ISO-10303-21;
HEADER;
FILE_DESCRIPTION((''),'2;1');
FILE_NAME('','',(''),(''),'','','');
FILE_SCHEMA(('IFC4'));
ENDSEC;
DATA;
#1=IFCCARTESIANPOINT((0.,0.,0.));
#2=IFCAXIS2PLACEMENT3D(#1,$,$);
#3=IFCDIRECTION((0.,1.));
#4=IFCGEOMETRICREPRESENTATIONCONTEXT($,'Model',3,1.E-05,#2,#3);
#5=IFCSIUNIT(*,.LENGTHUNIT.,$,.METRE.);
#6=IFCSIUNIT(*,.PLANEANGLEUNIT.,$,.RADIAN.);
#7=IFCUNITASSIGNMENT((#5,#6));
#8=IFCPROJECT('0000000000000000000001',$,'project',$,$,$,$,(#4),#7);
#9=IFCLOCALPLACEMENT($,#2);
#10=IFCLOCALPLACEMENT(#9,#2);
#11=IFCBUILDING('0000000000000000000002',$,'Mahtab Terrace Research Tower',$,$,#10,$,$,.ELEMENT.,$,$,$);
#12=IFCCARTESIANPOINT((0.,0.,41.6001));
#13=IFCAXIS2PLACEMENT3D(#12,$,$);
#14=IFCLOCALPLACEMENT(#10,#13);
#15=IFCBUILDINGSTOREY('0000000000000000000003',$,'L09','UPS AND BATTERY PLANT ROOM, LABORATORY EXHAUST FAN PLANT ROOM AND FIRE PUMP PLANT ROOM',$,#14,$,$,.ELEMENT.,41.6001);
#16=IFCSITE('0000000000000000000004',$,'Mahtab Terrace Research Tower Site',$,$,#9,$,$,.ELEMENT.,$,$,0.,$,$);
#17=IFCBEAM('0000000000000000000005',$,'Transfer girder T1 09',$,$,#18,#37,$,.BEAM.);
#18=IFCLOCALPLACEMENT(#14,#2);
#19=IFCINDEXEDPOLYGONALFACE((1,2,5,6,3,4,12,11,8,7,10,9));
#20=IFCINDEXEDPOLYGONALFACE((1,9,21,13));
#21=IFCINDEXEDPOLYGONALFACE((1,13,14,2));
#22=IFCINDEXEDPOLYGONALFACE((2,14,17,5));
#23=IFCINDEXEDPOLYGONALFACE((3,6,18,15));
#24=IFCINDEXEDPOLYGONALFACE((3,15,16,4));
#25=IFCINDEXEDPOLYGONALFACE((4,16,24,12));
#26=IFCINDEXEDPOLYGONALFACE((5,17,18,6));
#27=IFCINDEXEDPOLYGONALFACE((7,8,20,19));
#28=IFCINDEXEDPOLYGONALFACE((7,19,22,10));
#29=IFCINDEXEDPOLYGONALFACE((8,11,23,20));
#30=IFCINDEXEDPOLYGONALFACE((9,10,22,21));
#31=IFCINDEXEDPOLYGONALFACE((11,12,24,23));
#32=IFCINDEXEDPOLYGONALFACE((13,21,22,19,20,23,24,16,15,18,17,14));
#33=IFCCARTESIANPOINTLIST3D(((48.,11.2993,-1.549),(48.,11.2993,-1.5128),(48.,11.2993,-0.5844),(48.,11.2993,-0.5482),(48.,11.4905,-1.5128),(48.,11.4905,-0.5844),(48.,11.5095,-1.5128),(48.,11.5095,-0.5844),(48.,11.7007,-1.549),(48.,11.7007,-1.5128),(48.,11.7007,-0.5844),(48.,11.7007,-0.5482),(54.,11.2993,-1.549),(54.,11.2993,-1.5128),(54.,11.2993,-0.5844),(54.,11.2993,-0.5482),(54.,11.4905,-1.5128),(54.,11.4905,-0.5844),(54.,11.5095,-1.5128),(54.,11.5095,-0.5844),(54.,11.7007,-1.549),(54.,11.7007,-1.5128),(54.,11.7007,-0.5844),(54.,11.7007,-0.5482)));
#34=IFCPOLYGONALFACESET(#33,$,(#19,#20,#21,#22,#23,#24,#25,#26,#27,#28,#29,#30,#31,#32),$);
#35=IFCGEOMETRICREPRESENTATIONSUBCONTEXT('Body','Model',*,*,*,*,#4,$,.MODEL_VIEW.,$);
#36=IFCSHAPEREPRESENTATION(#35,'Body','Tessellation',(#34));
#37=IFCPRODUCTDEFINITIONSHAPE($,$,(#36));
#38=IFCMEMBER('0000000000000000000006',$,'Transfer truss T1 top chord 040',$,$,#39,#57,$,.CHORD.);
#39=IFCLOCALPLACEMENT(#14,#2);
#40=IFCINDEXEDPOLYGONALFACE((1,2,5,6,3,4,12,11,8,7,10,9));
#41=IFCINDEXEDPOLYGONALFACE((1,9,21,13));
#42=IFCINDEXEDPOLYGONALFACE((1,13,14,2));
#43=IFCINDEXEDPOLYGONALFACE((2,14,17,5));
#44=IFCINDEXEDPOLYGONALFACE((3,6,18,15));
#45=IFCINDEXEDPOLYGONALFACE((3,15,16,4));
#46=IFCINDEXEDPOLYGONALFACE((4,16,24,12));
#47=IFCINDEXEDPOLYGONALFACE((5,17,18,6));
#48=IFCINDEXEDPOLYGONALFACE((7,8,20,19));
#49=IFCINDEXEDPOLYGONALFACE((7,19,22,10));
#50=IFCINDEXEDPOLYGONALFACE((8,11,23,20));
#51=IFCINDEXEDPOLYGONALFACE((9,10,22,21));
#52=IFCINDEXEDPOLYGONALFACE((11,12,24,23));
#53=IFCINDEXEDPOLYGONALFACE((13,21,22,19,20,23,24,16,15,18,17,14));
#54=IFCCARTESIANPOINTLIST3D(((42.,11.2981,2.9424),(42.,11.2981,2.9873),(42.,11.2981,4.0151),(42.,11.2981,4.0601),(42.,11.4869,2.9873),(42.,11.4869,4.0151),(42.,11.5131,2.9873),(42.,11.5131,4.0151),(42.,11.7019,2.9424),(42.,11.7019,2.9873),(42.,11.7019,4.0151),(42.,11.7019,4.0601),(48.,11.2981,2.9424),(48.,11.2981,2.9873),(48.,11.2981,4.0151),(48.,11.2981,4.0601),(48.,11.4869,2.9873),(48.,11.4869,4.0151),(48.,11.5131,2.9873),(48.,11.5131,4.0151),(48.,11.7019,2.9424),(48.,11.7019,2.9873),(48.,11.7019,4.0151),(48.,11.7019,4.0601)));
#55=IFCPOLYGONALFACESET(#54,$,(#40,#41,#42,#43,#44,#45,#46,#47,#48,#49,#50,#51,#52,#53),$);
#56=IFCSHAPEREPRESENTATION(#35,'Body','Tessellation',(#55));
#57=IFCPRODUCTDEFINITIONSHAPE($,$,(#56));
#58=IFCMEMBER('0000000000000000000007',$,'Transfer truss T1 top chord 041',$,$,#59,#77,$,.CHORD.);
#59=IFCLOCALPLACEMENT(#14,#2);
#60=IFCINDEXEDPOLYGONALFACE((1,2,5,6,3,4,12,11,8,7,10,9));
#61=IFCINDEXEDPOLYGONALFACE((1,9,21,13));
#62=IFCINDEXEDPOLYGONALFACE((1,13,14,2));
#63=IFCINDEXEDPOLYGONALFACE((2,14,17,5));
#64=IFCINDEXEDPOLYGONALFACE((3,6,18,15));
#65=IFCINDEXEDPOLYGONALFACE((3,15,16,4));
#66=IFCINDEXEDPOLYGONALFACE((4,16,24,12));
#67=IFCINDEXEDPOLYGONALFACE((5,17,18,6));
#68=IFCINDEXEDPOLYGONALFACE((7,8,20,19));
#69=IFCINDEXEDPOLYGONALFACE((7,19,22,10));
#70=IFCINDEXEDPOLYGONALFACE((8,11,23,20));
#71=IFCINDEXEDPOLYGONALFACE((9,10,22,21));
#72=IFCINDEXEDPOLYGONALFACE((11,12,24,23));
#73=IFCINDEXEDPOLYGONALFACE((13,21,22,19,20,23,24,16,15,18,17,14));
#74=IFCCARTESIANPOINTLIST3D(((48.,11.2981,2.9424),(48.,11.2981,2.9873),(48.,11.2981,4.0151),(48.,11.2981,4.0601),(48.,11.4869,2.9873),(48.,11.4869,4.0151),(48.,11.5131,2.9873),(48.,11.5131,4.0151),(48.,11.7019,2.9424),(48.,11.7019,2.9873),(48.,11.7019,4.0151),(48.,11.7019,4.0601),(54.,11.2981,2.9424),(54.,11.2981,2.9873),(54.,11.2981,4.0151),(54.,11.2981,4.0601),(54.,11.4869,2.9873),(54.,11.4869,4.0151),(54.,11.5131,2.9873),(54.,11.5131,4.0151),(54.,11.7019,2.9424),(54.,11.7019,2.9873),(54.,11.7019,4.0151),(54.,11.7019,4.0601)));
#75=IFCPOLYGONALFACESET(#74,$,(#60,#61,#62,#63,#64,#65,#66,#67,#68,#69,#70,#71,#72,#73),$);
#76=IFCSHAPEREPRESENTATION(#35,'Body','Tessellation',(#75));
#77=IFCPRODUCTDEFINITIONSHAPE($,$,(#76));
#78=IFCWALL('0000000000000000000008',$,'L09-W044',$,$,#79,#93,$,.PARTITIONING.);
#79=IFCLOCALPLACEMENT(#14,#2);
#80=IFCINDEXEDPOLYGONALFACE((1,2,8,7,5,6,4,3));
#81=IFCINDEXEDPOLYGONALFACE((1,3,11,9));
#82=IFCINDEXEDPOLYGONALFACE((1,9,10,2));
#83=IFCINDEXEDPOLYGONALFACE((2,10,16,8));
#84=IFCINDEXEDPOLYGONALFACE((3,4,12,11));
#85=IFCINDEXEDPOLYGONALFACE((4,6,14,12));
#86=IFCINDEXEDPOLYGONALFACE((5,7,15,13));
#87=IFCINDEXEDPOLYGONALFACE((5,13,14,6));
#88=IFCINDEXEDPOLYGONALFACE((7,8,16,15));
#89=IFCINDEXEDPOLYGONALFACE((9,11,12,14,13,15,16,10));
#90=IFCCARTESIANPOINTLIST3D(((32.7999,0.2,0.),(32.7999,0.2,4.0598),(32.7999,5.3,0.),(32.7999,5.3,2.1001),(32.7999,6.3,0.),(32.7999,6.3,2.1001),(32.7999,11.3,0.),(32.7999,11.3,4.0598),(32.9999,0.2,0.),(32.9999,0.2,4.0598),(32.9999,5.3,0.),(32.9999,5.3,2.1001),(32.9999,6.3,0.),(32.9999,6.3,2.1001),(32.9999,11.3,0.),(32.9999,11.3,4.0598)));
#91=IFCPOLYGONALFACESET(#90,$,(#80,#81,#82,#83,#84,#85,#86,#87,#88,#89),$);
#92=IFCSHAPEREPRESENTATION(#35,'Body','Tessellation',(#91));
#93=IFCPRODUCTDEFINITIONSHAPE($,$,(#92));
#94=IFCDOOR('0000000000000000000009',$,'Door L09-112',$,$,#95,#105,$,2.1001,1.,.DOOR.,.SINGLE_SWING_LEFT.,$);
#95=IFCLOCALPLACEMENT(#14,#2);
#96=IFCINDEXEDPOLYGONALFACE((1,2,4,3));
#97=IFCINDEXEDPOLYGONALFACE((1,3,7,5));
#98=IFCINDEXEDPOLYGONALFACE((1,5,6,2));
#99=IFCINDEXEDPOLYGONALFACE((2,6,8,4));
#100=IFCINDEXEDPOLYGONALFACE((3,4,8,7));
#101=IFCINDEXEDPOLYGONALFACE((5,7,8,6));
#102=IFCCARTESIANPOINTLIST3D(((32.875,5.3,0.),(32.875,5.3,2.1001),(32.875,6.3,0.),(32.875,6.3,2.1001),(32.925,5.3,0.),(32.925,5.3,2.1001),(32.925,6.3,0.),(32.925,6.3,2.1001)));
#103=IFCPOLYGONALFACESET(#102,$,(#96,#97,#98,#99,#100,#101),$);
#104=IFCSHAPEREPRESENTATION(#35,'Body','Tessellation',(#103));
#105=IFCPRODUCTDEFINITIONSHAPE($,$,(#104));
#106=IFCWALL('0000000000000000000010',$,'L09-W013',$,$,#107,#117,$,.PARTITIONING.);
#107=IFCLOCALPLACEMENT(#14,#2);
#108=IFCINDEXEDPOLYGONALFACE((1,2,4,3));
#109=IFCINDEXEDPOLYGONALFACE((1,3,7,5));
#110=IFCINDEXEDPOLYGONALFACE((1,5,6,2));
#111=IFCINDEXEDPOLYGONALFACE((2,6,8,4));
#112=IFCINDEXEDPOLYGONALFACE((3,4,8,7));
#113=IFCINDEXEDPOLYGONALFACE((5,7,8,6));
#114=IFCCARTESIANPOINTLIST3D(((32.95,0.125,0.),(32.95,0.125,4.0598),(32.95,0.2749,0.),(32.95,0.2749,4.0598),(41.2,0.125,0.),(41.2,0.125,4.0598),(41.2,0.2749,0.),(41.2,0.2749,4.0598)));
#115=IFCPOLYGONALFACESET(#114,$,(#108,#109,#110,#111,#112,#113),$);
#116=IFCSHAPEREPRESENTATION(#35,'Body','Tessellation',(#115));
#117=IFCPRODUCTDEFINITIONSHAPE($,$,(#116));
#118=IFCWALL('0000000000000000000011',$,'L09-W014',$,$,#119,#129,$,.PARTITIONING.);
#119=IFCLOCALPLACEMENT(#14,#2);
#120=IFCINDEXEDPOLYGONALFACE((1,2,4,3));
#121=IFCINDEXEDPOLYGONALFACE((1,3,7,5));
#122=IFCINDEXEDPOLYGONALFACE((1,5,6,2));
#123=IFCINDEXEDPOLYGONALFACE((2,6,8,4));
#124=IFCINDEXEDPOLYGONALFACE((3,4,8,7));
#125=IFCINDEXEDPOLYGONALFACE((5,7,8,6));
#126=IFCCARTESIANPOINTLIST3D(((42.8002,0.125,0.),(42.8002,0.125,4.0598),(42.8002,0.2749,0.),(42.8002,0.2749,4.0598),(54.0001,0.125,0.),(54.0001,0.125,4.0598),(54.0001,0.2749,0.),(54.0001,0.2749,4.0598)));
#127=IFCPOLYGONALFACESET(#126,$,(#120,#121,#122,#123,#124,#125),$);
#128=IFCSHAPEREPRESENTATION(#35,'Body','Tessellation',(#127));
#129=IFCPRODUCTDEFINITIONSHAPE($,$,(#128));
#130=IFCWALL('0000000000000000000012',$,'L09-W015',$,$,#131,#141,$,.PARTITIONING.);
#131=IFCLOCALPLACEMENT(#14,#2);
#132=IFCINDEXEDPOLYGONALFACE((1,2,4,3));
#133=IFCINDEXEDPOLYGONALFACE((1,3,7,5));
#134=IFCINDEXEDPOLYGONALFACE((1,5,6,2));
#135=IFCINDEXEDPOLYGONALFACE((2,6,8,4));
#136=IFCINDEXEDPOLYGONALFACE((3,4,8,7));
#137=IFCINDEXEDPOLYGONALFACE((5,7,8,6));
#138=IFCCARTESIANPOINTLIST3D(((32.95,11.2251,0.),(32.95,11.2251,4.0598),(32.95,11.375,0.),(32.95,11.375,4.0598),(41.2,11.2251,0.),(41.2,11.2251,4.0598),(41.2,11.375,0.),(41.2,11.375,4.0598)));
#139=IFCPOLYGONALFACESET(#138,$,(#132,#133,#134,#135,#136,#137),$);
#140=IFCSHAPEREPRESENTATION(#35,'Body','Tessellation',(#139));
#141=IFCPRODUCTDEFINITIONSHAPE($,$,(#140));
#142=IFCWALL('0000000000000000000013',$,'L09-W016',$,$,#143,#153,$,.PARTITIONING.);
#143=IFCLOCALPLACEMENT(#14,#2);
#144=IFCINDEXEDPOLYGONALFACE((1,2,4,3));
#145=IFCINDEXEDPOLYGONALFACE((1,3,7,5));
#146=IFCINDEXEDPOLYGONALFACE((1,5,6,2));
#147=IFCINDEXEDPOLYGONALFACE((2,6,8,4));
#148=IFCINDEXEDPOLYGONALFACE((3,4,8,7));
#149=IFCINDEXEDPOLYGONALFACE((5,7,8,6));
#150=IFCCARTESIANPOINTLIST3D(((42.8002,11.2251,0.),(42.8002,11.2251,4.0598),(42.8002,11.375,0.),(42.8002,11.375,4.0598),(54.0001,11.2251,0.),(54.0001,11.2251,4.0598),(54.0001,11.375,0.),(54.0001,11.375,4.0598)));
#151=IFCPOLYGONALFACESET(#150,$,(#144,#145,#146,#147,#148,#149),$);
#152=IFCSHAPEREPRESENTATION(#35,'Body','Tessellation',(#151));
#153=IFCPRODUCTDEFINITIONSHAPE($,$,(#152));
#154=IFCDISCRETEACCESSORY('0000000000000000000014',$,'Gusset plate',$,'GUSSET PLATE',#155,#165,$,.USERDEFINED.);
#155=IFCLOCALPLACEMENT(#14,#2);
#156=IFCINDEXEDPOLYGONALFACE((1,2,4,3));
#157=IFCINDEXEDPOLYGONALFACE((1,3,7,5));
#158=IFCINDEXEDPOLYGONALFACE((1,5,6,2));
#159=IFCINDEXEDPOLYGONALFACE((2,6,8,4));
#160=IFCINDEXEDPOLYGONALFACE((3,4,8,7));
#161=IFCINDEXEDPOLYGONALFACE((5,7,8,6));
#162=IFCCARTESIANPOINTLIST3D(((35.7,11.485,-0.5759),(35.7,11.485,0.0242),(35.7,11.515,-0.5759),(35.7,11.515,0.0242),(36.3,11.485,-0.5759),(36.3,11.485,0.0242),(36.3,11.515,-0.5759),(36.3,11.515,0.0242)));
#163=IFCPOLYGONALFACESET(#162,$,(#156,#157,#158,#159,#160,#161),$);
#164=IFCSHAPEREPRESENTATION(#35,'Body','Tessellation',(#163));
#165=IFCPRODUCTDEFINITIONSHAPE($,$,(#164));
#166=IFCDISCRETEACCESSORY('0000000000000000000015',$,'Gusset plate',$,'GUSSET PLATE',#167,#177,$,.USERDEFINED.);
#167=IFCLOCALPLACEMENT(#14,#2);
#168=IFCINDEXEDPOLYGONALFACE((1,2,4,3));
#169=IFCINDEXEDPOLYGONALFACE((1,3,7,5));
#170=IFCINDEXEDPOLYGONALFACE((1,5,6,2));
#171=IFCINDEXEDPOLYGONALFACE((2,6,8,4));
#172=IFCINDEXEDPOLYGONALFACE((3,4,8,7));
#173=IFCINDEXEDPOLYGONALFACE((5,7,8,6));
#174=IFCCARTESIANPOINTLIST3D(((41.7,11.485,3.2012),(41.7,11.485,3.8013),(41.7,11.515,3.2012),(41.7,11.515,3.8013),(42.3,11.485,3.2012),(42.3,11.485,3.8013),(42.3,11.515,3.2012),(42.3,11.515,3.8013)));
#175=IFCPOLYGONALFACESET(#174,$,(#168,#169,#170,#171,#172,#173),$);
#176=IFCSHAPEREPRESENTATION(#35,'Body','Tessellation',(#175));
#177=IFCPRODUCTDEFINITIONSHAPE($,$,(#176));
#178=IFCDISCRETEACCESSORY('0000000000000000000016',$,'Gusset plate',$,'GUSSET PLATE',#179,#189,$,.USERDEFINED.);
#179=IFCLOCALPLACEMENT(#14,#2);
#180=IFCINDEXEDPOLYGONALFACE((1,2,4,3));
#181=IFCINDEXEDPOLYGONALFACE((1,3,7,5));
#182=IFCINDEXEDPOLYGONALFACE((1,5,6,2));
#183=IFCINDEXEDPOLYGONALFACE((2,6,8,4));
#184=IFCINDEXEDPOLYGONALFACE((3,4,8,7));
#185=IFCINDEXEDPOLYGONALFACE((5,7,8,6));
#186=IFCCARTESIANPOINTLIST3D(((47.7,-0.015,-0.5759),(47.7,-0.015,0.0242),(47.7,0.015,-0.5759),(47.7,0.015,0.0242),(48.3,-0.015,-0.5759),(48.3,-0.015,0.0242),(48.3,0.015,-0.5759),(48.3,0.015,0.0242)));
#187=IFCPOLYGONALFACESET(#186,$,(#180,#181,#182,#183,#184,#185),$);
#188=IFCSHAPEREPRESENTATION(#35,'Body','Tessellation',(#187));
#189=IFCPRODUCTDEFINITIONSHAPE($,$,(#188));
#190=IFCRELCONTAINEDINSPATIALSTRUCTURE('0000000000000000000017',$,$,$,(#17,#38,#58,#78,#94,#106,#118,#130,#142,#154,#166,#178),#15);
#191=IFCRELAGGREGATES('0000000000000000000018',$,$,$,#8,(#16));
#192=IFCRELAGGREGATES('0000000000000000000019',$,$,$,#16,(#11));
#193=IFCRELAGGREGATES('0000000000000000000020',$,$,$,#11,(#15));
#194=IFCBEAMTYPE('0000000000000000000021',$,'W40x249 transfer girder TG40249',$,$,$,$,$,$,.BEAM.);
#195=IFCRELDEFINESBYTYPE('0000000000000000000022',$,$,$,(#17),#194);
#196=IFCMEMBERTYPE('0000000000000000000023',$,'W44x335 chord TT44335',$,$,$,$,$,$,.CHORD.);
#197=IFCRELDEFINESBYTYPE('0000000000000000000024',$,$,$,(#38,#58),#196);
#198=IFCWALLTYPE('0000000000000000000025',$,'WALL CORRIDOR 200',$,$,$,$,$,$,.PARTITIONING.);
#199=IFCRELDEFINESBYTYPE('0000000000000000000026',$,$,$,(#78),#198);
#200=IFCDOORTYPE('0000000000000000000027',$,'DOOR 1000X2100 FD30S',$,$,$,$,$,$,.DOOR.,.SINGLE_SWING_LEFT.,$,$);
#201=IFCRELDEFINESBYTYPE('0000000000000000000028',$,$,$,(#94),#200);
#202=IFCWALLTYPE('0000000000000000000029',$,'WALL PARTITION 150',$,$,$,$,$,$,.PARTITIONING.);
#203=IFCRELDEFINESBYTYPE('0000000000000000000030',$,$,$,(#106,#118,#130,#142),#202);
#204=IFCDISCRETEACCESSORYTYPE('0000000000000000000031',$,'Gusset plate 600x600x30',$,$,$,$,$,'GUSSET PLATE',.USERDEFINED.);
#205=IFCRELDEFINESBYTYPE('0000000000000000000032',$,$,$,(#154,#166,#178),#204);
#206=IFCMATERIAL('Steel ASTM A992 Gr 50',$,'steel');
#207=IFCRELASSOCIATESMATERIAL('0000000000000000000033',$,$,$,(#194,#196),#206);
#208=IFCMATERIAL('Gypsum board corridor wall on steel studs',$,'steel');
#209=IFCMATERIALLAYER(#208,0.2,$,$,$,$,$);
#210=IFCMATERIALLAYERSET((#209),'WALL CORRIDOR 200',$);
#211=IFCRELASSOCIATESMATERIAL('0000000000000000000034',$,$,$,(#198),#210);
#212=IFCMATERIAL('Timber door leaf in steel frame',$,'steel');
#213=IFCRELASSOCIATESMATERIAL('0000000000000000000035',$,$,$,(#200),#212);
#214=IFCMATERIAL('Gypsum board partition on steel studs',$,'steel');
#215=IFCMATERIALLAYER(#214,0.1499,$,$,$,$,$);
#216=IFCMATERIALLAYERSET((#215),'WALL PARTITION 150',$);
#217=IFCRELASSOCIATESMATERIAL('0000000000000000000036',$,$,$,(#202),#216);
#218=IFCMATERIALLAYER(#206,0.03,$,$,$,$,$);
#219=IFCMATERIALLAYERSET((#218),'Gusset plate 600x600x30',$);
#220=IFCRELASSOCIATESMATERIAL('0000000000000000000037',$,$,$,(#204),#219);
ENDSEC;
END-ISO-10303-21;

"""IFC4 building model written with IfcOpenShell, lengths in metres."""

from ifc_helpers import new_model, si_unit, direction, frame, frame_2d, origin, origin_2d, place, context, subcontext, project, spatial, rectangle, i_section, extrude, material, layer, layer_set, material_profile, profile_set, type_object, element, fill, save


model = new_model("IFC4")

# Units and contexts
model_context = context("Model", 3, precision=1e-05, world=origin(), true_north=direction((0.0, 1.0)))
body_context = subcontext(model_context, "Body", "Model", "MODEL_VIEW")
ifc_project = project(units=[si_unit("LENGTHUNIT", "METRE"), si_unit("PLANEANGLEUNIT", "RADIAN")], contexts=[model_context])

# Site, building, storey
site_placement = place(None, origin())
site = spatial("IfcSite", under=ifc_project, at=site_placement, Name="Mahtab Terrace Research Tower Site", CompositionType="ELEMENT", RefElevation=0.0)
building_placement = place(site_placement, origin())
building = spatial("IfcBuilding", under=site, at=building_placement, Name="Mahtab Terrace Research Tower", CompositionType="ELEMENT")
storey_placement = place(building_placement, frame((0.0, 0.0, 41.6001)))
storey = spatial("IfcBuildingStorey", under=building, at=storey_placement, Name="L09", Description="UPS AND BATTERY PLANT ROOM, LABORATORY EXHAUST FAN PLANT ROOM AND FIRE PUMP PLANT ROOM", CompositionType="ELEMENT", Elevation=41.6001)

# Shared definitions
ifc_material_1 = material(Name="Steel ASTM A992 Gr 50", Category="steel")

# Beam
ifc_material_profile_1 = material_profile(ifc_material_1, i_section(OverallWidth=0.4014, OverallDepth=1.0007, WebThickness=0.019, FlangeThickness=0.0361, at=origin_2d()), Name="W40X249")
ifc_profile_set_1 = profile_set([ifc_material_profile_1], Name="Steel ASTM A992 Gr 50")
beam_type = type_object("IfcBeamType", Name="W40x249 transfer girder TG40249", PredefinedType="BEAM", material=ifc_profile_set_1)
for number, where, z_axis, x_axis, name in (
    (1, (48.0, 11.5, -1.0486), (1.0, 0.0, 0.0), (0.0, 1.0, 0.0), "Transfer girder T1 09"),
):
    element("IfcBeam", number, at=place(storey_placement, frame(where, z_axis=z_axis, x_axis=x_axis)), inside=storey, type_object=beam_type, Name=name, PredefinedType="BEAM", context=body_context, shape_type="SweptSolid", body=[
        extrude(i_section(OverallWidth=0.4014, OverallDepth=1.0007, WebThickness=0.019, FlangeThickness=0.0361, at=origin_2d()), origin(), (0.0, 0.0, 1.0), 6.0),
    ])

# Members
ifc_material_profile_2 = material_profile(ifc_material_1, i_section(OverallWidth=0.4038, OverallDepth=1.1177, WebThickness=0.0261, FlangeThickness=0.0449, at=origin_2d()), Name="W44X335")
ifc_profile_set_2 = profile_set([ifc_material_profile_2], Name="Steel ASTM A992 Gr 50")
member_type_1 = type_object("IfcMemberType", Name="W44x335 chord TT44335", PredefinedType="CHORD", material=ifc_profile_set_2)
for number, where, z_axis, x_axis, name in (
    (2, (42.0, 11.5, 3.5012), (1.0, 0.0, 0.0), (0.0, 1.0, 0.0), "Transfer truss T1 top chord 040"),
    (3, (48.0, 11.5, 3.5012), (1.0, 0.0, 0.0), (0.0, 1.0, 0.0), "Transfer truss T1 top chord 041"),
):
    element("IfcMember", number, at=place(storey_placement, frame(where, z_axis=z_axis, x_axis=x_axis)), inside=storey, type_object=member_type_1, Name=name, PredefinedType="CHORD", context=body_context, shape_type="SweptSolid", body=[
        extrude(i_section(OverallWidth=0.4038, OverallDepth=1.1177, WebThickness=0.0261, FlangeThickness=0.0449, at=origin_2d()), origin(), (0.0, 0.0, 1.0), 6.0),
    ])

# Wall, opening, door
ifc_material_2 = material(Name="Gypsum board corridor wall on steel studs", Category="steel")
ifc_layer_1 = layer(ifc_material_2, 0.2)
ifc_layer_set_1 = layer_set([ifc_layer_1], Name="WALL CORRIDOR 200")
wall_type_1 = type_object("IfcWallType", Name="WALL CORRIDOR 200", PredefinedType="PARTITIONING", material=ifc_layer_set_1)
wall_1_placement = place(storey_placement, frame((32.8999, 0.2, 0.0), z_axis=(0.0, 0.0, 1.0), x_axis=(0.0, 1.0, 0.0)))
wall_1 = element("IfcWall", 4, at=wall_1_placement, inside=storey, type_object=wall_type_1, Name="L09-W044", PredefinedType="PARTITIONING", context=body_context, shape_type="SweptSolid", body=[
    extrude(rectangle(XDim=11.1001, YDim=0.2, at=frame_2d((5.55, 0.0))), origin(), (0.0, 0.0, 1.0), 4.0598),
])
opening_placement = place(wall_1_placement, frame((5.1001, 0.0, 0.0)))
opening = element("IfcOpeningElement", 5, at=opening_placement, cuts=wall_1, PredefinedType="OPENING", context=body_context, shape_type="SweptSolid", body=[
    extrude(rectangle(XDim=1.0, YDim=2.1001, at=frame_2d((0.5, 1.05))), frame((0.0, 0.1099, 0.0), z_axis=(0.0, -1.0, 0.0), x_axis=(1.0, 0.0, 0.0)), (0.0, 0.0, 1.0), 0.22),
])
ifc_material_3 = material(Name="Timber door leaf in steel frame", Category="steel")
door_type = type_object("IfcDoorType", Name="DOOR 1000X2100 FD30S", OperationType="SINGLE_SWING_LEFT", PredefinedType="DOOR", material=ifc_material_3)
door_placement = place(opening_placement, origin())
door = element("IfcDoor", 6, at=door_placement, inside=storey, type_object=door_type, Name="Door L09-112", OperationType="SINGLE_SWING_LEFT", OverallHeight=2.1001, OverallWidth=1.0, PredefinedType="DOOR", context=body_context, shape_type="SweptSolid", body=[
    extrude(rectangle(XDim=1.0, YDim=2.1001, at=frame_2d((0.5, 1.05))), frame((0.0, 0.0249, 0.0), z_axis=(0.0, -1.0, 0.0), x_axis=(1.0, 0.0, 0.0)), (0.0, 0.0, 1.0), 0.05),
])
fill(opening, door)

# Walls
ifc_material_4 = material(Name="Gypsum board partition on steel studs", Category="steel")
ifc_layer_2 = layer(ifc_material_4, 0.1499)
ifc_layer_set_2 = layer_set([ifc_layer_2], Name="WALL PARTITION 150")
wall_type_2 = type_object("IfcWallType", Name="WALL PARTITION 150", PredefinedType="PARTITIONING", material=ifc_layer_set_2)
wall_2_placement = place(storey_placement, frame((32.95, 0.2, 0.0), z_axis=(0.0, 0.0, 1.0), x_axis=(1.0, 0.0, 0.0)))
element("IfcWall", 7, at=wall_2_placement, inside=storey, type_object=wall_type_2, Name="L09-W013", PredefinedType="PARTITIONING", context=body_context, shape_type="SweptSolid", body=[
    extrude(rectangle(XDim=8.25, YDim=0.1499, at=frame_2d((4.125, 0.0))), origin(), (0.0, 0.0, 1.0), 4.0598),
])
wall_3_placement = place(storey_placement, frame((42.8, 0.2, 0.0), z_axis=(0.0, 0.0, 1.0), x_axis=(1.0, 0.0, 0.0)))
element("IfcWall", 8, at=wall_3_placement, inside=storey, type_object=wall_type_2, Name="L09-W014", PredefinedType="PARTITIONING", context=body_context, shape_type="SweptSolid", body=[
    extrude(rectangle(XDim=11.2, YDim=0.1499, at=frame_2d((5.6001, 0.0))), origin(), (0.0, 0.0, 1.0), 4.0598),
])
wall_4_placement = place(storey_placement, frame((32.95, 11.3, 0.0), z_axis=(0.0, 0.0, 1.0), x_axis=(1.0, 0.0, 0.0)))
element("IfcWall", 9, at=wall_4_placement, inside=storey, type_object=wall_type_2, Name="L09-W015", PredefinedType="PARTITIONING", context=body_context, shape_type="SweptSolid", body=[
    extrude(rectangle(XDim=8.25, YDim=0.1499, at=frame_2d((4.125, 0.0))), origin(), (0.0, 0.0, 1.0), 4.0598),
])
wall_5_placement = place(storey_placement, frame((42.8, 11.3, 0.0), z_axis=(0.0, 0.0, 1.0), x_axis=(1.0, 0.0, 0.0)))
element("IfcWall", 10, at=wall_5_placement, inside=storey, type_object=wall_type_2, Name="L09-W016", PredefinedType="PARTITIONING", context=body_context, shape_type="SweptSolid", body=[
    extrude(rectangle(XDim=11.2, YDim=0.1499, at=frame_2d((5.6001, 0.0))), origin(), (0.0, 0.0, 1.0), 4.0598),
])

# Discrete accessories
ifc_layer_3 = layer(ifc_material_1, 0.03)
ifc_layer_set_3 = layer_set([ifc_layer_3], Name="Gusset plate 600x600x30")
discrete_accessory_type = type_object("IfcDiscreteAccessoryType", Name="Gusset plate 600x600x30", ElementType="GUSSET PLATE", PredefinedType="USERDEFINED", material=ifc_layer_set_3)
for number, where, z_axis, x_axis, name in (
    (11, (36.0, 11.5, -0.5759), (0.0, 0.0, 1.0), (1.0, 0.0, 0.0), "Gusset plate"),
    (12, (42.0, 11.5, 3.2012), (0.0, 0.0, 1.0), (1.0, 0.0, 0.0), "Gusset plate"),
    (13, (48.0, 0.0, -0.5759), (0.0, 0.0, 1.0), (1.0, 0.0, 0.0), "Gusset plate"),
):
    element("IfcDiscreteAccessory", number, at=place(storey_placement, frame(where, z_axis=z_axis, x_axis=x_axis)), inside=storey, type_object=discrete_accessory_type, Name=name, ObjectType="GUSSET PLATE", PredefinedType="USERDEFINED", context=body_context, shape_type="SweptSolid", body=[
        extrude(rectangle(XDim=0.6001, YDim=0.03, at=origin_2d()), origin(), (0.0, 0.0, 1.0), 0.6001),
    ])

save(model, "model.ifc")
